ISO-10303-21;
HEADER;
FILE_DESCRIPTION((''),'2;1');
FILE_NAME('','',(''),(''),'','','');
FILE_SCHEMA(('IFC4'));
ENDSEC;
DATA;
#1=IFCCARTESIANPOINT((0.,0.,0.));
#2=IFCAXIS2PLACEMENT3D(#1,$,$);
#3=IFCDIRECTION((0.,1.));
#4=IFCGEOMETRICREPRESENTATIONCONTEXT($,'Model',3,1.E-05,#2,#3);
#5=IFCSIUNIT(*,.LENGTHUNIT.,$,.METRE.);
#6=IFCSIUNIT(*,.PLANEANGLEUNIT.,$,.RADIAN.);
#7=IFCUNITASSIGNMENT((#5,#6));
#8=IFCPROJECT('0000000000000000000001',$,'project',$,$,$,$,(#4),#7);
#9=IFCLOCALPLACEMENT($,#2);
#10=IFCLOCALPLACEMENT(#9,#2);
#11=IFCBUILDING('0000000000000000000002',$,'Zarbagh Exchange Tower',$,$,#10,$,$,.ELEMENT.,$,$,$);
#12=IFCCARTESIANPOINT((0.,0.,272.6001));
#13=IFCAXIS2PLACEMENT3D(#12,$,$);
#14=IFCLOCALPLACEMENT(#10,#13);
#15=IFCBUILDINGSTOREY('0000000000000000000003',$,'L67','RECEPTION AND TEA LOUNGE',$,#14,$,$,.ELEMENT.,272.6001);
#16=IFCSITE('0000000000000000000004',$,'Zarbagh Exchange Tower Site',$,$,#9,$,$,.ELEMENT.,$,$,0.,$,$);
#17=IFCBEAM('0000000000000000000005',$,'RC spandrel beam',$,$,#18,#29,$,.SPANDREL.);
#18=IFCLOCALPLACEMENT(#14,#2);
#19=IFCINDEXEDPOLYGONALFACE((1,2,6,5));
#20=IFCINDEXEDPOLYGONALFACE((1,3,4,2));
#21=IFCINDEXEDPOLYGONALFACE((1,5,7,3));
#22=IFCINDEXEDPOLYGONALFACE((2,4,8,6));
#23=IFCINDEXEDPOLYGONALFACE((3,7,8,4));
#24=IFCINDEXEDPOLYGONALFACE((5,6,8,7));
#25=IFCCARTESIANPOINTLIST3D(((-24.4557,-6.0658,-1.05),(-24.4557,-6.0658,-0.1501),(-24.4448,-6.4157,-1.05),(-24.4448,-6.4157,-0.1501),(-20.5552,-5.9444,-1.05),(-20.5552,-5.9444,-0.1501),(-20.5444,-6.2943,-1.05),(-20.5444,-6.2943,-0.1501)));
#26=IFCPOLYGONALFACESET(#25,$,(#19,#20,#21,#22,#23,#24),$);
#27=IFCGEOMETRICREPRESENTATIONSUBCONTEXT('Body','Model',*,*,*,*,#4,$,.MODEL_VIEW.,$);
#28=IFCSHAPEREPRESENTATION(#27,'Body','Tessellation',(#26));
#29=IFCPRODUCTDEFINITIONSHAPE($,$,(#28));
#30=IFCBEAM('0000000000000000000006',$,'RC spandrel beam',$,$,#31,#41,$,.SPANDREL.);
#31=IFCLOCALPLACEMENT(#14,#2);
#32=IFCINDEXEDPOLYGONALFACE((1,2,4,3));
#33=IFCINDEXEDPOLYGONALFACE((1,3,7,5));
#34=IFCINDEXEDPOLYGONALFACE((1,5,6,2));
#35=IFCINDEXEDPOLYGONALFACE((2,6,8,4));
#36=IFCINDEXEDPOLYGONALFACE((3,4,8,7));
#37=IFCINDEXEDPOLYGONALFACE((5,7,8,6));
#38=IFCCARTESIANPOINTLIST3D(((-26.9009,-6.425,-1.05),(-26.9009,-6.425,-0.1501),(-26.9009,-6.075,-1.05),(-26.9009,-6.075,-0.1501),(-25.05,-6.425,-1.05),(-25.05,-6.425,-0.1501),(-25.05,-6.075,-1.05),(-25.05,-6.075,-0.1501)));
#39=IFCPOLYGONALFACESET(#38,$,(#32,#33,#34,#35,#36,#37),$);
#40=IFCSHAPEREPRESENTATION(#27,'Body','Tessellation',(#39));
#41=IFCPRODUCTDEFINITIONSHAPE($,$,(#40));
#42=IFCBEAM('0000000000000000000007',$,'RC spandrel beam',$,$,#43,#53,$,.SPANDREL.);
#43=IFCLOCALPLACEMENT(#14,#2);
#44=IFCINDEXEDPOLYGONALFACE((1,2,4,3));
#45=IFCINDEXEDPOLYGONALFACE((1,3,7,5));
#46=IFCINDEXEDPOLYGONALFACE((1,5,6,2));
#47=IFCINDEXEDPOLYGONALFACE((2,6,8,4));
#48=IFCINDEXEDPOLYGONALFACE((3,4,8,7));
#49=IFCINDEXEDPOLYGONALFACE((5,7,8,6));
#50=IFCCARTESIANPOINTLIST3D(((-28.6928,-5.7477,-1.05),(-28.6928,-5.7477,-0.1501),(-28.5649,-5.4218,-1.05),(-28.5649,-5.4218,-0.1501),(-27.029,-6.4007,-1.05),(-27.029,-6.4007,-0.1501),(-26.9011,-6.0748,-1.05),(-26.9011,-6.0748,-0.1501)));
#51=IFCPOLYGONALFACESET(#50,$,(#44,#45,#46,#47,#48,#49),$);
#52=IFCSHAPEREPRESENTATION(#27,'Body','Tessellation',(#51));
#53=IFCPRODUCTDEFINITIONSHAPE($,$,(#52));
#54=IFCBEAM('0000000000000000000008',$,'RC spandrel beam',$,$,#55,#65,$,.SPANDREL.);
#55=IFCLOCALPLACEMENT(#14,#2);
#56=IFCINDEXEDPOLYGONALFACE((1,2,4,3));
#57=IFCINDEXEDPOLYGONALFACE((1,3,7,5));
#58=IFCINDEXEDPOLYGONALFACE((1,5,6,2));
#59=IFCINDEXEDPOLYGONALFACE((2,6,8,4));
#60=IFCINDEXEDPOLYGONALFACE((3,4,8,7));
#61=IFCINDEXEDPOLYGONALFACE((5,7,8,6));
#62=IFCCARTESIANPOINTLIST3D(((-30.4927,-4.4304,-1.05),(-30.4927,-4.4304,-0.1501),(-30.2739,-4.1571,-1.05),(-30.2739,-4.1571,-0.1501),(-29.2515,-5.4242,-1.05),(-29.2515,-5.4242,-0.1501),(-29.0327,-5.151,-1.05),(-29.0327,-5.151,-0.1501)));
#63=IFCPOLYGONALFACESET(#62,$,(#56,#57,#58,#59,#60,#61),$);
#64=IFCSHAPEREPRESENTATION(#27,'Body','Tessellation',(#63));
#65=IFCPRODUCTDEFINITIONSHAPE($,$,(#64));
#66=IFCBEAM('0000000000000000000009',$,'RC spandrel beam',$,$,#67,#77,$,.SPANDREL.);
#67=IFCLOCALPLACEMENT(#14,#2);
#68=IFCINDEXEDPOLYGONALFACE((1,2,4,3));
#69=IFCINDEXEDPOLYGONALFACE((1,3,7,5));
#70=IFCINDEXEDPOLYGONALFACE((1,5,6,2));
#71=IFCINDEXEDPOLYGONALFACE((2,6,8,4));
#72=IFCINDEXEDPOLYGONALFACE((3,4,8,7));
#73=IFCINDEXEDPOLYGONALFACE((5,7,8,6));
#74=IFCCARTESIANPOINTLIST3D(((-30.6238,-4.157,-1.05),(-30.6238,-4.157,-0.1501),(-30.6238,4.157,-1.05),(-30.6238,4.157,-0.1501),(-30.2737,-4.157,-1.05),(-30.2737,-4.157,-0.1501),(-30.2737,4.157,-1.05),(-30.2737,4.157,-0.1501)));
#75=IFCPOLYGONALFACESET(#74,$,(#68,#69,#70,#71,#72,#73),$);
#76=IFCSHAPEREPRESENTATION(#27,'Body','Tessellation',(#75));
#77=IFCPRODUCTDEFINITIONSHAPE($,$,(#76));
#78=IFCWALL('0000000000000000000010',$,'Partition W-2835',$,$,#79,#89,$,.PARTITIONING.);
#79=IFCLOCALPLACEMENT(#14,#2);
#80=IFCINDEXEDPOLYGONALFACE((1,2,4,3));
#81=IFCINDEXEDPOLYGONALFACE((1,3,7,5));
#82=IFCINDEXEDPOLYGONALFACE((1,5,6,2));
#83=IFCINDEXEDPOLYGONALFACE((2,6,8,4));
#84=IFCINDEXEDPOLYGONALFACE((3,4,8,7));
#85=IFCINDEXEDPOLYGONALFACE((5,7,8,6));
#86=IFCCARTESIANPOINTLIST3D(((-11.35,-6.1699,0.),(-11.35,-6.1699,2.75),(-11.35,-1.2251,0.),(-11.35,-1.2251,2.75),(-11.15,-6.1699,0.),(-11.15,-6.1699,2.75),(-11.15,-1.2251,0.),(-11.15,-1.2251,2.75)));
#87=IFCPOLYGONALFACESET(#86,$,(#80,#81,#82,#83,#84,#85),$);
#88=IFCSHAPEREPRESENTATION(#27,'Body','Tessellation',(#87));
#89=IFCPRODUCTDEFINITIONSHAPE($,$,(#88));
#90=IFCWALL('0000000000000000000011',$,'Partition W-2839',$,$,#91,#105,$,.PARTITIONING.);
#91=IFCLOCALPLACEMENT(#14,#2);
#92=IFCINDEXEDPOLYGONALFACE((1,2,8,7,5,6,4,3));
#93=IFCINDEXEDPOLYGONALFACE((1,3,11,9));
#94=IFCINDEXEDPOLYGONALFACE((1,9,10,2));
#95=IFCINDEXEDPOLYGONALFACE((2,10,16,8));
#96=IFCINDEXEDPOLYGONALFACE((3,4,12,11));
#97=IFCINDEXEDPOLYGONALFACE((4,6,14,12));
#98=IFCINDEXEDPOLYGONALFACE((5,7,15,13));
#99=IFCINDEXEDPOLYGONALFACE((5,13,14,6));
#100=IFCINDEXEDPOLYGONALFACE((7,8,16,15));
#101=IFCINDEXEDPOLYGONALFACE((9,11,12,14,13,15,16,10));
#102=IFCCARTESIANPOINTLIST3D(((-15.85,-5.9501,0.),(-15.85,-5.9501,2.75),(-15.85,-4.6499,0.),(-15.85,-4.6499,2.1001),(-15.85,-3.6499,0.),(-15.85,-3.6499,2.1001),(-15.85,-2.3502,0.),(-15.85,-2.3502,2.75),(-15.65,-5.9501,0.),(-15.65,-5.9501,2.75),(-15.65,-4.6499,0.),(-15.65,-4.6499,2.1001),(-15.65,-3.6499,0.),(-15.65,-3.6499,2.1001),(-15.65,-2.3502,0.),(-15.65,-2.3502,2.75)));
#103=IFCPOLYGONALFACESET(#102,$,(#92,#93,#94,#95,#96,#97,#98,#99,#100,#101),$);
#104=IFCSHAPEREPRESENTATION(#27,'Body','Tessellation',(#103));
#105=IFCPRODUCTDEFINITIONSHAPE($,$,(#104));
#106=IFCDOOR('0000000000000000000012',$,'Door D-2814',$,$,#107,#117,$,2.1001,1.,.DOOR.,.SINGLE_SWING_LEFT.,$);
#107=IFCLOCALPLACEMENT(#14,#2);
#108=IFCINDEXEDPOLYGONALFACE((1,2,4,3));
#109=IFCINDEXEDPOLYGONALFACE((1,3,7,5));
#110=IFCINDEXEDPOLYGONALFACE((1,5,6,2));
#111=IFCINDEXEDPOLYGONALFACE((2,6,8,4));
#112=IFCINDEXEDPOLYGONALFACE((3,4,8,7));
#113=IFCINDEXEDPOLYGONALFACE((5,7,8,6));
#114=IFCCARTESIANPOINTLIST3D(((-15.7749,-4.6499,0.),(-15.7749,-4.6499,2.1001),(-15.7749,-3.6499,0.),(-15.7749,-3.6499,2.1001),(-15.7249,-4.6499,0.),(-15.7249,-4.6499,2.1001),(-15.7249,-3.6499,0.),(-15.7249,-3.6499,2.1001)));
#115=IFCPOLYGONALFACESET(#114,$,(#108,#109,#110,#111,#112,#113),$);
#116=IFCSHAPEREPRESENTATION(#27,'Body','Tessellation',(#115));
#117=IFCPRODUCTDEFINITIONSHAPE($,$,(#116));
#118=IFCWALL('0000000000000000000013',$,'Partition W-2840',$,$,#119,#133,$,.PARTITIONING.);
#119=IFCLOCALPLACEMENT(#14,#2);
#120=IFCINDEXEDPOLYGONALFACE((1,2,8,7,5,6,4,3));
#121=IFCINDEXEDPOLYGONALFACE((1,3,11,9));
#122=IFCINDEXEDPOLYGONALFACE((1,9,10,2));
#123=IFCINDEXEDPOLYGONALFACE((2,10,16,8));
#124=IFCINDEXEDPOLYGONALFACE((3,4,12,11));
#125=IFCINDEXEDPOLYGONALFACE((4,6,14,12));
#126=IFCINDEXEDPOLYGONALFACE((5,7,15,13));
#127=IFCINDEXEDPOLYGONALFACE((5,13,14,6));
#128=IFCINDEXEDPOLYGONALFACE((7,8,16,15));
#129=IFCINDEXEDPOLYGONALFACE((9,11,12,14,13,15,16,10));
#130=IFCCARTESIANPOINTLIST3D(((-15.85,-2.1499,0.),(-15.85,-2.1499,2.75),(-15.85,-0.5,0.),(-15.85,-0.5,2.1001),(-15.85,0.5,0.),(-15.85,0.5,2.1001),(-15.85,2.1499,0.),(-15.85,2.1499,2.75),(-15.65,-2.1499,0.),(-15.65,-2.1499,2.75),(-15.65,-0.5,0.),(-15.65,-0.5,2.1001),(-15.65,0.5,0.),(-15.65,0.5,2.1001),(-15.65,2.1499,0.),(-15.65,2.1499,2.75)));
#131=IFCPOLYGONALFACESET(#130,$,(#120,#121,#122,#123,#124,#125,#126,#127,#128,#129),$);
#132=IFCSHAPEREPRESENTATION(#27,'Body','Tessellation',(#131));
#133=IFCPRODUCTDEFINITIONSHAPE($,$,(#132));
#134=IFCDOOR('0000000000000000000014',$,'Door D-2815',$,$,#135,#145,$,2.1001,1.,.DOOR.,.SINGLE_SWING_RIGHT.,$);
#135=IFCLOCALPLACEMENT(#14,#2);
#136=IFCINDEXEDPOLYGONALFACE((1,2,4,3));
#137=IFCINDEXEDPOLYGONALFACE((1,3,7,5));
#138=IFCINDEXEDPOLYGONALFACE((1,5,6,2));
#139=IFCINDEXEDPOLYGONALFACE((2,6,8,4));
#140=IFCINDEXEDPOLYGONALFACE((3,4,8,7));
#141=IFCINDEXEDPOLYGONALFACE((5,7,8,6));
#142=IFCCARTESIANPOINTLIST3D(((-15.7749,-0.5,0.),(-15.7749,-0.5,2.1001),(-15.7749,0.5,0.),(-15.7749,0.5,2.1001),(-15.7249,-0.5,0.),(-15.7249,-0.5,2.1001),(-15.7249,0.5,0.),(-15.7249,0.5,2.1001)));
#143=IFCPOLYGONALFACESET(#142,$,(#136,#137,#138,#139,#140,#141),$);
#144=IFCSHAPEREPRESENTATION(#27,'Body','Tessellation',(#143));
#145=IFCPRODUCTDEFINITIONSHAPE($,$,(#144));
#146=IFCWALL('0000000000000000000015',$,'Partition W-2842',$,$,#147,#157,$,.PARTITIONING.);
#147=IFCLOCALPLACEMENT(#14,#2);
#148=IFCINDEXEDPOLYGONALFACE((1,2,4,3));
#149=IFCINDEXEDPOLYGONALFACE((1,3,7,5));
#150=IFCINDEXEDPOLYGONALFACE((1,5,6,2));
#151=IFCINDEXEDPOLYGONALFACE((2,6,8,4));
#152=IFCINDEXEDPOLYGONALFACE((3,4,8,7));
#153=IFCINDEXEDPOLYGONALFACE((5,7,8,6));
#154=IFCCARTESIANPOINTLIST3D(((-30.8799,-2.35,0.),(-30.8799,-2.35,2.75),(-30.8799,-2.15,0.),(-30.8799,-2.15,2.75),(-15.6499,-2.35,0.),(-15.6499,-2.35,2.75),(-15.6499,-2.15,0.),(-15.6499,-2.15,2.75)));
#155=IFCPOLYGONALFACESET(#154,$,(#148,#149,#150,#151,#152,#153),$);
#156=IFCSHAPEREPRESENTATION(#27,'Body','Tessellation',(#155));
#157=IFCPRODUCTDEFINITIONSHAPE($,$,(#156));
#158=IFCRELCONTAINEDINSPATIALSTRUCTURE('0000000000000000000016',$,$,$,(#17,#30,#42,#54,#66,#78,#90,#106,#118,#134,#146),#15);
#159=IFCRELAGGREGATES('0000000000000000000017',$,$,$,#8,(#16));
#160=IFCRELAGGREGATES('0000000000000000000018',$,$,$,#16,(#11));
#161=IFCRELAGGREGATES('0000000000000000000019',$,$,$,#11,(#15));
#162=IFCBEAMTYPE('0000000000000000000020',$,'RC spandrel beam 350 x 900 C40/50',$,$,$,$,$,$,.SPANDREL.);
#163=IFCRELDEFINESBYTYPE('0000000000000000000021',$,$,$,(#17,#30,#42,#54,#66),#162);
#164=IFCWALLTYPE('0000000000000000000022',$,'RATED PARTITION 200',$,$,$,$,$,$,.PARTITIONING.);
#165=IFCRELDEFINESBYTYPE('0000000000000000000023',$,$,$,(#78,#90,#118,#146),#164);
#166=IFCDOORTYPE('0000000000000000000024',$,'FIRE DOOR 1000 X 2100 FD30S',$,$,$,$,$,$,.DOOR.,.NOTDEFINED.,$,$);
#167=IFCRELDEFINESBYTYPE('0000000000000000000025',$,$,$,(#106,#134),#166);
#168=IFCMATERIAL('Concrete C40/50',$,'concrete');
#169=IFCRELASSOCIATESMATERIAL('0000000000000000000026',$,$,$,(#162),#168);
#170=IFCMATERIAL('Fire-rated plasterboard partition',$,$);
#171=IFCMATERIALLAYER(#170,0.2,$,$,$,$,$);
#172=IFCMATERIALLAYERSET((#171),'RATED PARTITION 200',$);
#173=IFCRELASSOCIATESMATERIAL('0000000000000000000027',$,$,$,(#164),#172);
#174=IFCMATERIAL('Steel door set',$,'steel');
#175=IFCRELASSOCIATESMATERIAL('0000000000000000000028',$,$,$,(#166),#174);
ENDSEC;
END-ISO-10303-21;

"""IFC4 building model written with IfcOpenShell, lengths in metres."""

from ifc_helpers import new_model, si_unit, direction, frame, frame_2d, origin, origin_2d, place, context, subcontext, project, spatial, rectangle, extrude, material, layer, layer_set, material_profile, profile_set, type_object, element, fill, save


model = new_model("IFC4")

# Units and contexts
model_context = context("Model", 3, precision=1e-05, world=origin(), true_north=direction((0.0, 1.0)))
body_context = subcontext(model_context, "Body", "Model", "MODEL_VIEW")
ifc_project = project(units=[si_unit("LENGTHUNIT", "METRE"), si_unit("PLANEANGLEUNIT", "RADIAN")], contexts=[model_context])

# Site, building, storey
site_placement = place(None, origin())
site = spatial("IfcSite", under=ifc_project, at=site_placement, Name="Zarbagh Exchange Tower Site", CompositionType="ELEMENT", RefElevation=0.0)
building_placement = place(site_placement, origin())
building = spatial("IfcBuilding", under=site, at=building_placement, Name="Zarbagh Exchange Tower", CompositionType="ELEMENT")
storey_placement = place(building_placement, frame((0.0, 0.0, 272.6001)))
storey = spatial("IfcBuildingStorey", under=building, at=storey_placement, Name="L67", Description="RECEPTION AND TEA LOUNGE", CompositionType="ELEMENT", Elevation=272.6001)

# Shared definitions
ifc_material_1 = material(Name="Concrete C40/50", Category="concrete")

# Beams
ifc_material_profile_1 = material_profile(ifc_material_1, rectangle(XDim=0.3501, YDim=0.8999, at=origin_2d()), Name="RC spandrel beam 350 x 900 C40/50")
ifc_profile_set_1 = profile_set([ifc_material_profile_1], Name="Concrete C40/50")
beam_type_1 = type_object("IfcBeamType", Name="RC spandrel beam 350 x 900 C40/50", PredefinedType="SPANDREL", material=ifc_profile_set_1)
for number, where, z_axis, x_axis, name in (
    (1, (-20.5498, -6.1194, -0.6001), (-0.999516, -0.031094, 0.0), (0.031094, -0.999516, 0.0), "RC spandrel beam"),
):
    element("IfcBeam", number, at=place(storey_placement, frame(where, z_axis=z_axis, x_axis=x_axis)), inside=storey, type_object=beam_type_1, Name=name, PredefinedType="SPANDREL", context=body_context, shape_type="SweptSolid", body=[
        extrude(rectangle(XDim=0.3501, YDim=0.8999, at=origin_2d()), origin(), (0.0, 0.0, 1.0), 3.9023),
    ])
beam_1_placement = place(storey_placement, frame((-25.05, -6.25, -0.6001), z_axis=(-1.0, 0.0, 0.0), x_axis=(0.0, -1.0, 0.0)))
element("IfcBeam", 2, at=beam_1_placement, inside=storey, type_object=beam_type_1, Name="RC spandrel beam", PredefinedType="SPANDREL", context=body_context, shape_type="SweptSolid", body=[
    extrude(rectangle(XDim=0.3501, YDim=0.8999, at=origin_2d()), origin(), (0.0, 0.0, 1.0), 1.8508),
])
beam_2_placement = place(storey_placement, frame((-26.9651, -6.2378, -0.6001), z_axis=(-0.930859, 0.365378, 0.0), x_axis=(-0.365378, -0.930859, 0.0)))
element("IfcBeam", 3, at=beam_2_placement, inside=storey, type_object=beam_type_1, Name="RC spandrel beam", PredefinedType="SPANDREL", context=body_context, shape_type="SweptSolid", body=[
    extrude(rectangle(XDim=0.3501, YDim=0.8999, at=origin_2d()), origin(), (0.0, 0.0, 1.0), 1.7874),
])
beam_3_placement = place(storey_placement, frame((-29.1421, -5.2876, -0.6001), z_axis=(-0.780584, 0.625051, 0.0), x_axis=(-0.625051, -0.780584, 0.0)))
element("IfcBeam", 4, at=beam_3_placement, inside=storey, type_object=beam_type_1, Name="RC spandrel beam", PredefinedType="SPANDREL", context=body_context, shape_type="SweptSolid", body=[
    extrude(rectangle(XDim=0.3501, YDim=0.8999, at=origin_2d()), origin(), (0.0, 0.0, 1.0), 1.5901),
])
beam_4_placement = place(storey_placement, frame((-30.4487, -4.157, -0.6001), z_axis=(0.0, 1.0, 0.0), x_axis=(-1.0, 0.0, 0.0)))
element("IfcBeam", 5, at=beam_4_placement, inside=storey, type_object=beam_type_1, Name="RC spandrel beam", PredefinedType="SPANDREL", context=body_context, shape_type="SweptSolid", body=[
    extrude(rectangle(XDim=0.3501, YDim=0.8999, at=origin_2d()), origin(), (0.0, 0.0, 1.0), 8.314),
])

# Wall
ifc_material_2 = material(Name="Fire-rated plasterboard partition")
ifc_layer = layer(ifc_material_2, 0.2)
ifc_layer_set = layer_set([ifc_layer], Name="RATED PARTITION 200")
wall_type = type_object("IfcWallType", Name="RATED PARTITION 200", PredefinedType="PARTITIONING", material=ifc_layer_set)
wall_1_placement = place(storey_placement, frame((-11.25, -6.1699, 0.0), z_axis=(0.0, 0.0, 1.0), x_axis=(0.0, 1.0, 0.0)))
element("IfcWall", 6, at=wall_1_placement, inside=storey, type_object=wall_type, Name="Partition W-2835", PredefinedType="PARTITIONING", context=body_context, shape_type="SweptSolid", body=[
    extrude(rectangle(XDim=4.9448, YDim=0.2, at=frame_2d((2.4724, 0.0))), origin(), (0.0, 0.0, 1.0), 2.75),
])

# Walls, openings, doors
wall_2_placement = place(storey_placement, frame((-15.75, -5.95, 0.0), z_axis=(0.0, 0.0, 1.0), x_axis=(0.0, 1.0, 0.0)))
wall_2 = element("IfcWall", 7, at=wall_2_placement, inside=storey, type_object=wall_type, Name="Partition W-2839", PredefinedType="PARTITIONING", context=body_context, shape_type="SweptSolid", body=[
    extrude(rectangle(XDim=3.5999, YDim=0.2, at=frame_2d((1.7998, 0.0))), origin(), (0.0, 0.0, 1.0), 2.75),
])
opening_1_placement = place(wall_2_placement, frame((1.3, 0.0, 0.0)))
opening_1 = element("IfcOpeningElement", 8, at=opening_1_placement, cuts=wall_2, PredefinedType="OPENING", context=body_context, shape_type="SweptSolid", body=[
    extrude(rectangle(XDim=1.0, YDim=2.1001, at=frame_2d((0.5, 1.05))), frame((0.0, 0.1099, 0.0), z_axis=(0.0, -1.0, 0.0), x_axis=(1.0, 0.0, 0.0)), (0.0, 0.0, 1.0), 0.22),
])
ifc_material_3 = material(Name="Steel door set", Category="steel")
door_type = type_object("IfcDoorType", Name="FIRE DOOR 1000 X 2100 FD30S", OperationType="NOTDEFINED", PredefinedType="DOOR", material=ifc_material_3)
door_1_placement = place(opening_1_placement, origin())
door_1 = element("IfcDoor", 9, at=door_1_placement, inside=storey, type_object=door_type, Name="Door D-2814", OperationType="SINGLE_SWING_LEFT", OverallHeight=2.1001, OverallWidth=1.0, PredefinedType="DOOR", context=body_context, shape_type="SweptSolid", body=[
    extrude(rectangle(XDim=1.0, YDim=2.1001, at=frame_2d((0.5, 1.05))), frame((0.0, 0.0249, 0.0), z_axis=(0.0, -1.0, 0.0), x_axis=(1.0, 0.0, 0.0)), (0.0, 0.0, 1.0), 0.05),
])
fill(opening_1, door_1)
wall_3_placement = place(storey_placement, frame((-15.75, -2.1499, 0.0), z_axis=(0.0, 0.0, 1.0), x_axis=(0.0, 1.0, 0.0)))
wall_3 = element("IfcWall", 10, at=wall_3_placement, inside=storey, type_object=wall_type, Name="Partition W-2840", PredefinedType="PARTITIONING", context=body_context, shape_type="SweptSolid", body=[
    extrude(rectangle(XDim=4.2998, YDim=0.2, at=frame_2d((2.1499, 0.0))), origin(), (0.0, 0.0, 1.0), 2.75),
])
opening_2_placement = place(wall_3_placement, frame((1.6499, 0.0, 0.0)))
opening_2 = element("IfcOpeningElement", 11, at=opening_2_placement, cuts=wall_3, PredefinedType="OPENING", context=body_context, shape_type="SweptSolid", body=[
    extrude(rectangle(XDim=1.0, YDim=2.1001, at=frame_2d((0.5, 1.05))), frame((0.0, 0.1099, 0.0), z_axis=(0.0, -1.0, 0.0), x_axis=(1.0, 0.0, 0.0)), (0.0, 0.0, 1.0), 0.22),
])
door_2_placement = place(opening_2_placement, origin())
door_2 = element("IfcDoor", 12, at=door_2_placement, inside=storey, type_object=door_type, Name="Door D-2815", OperationType="SINGLE_SWING_RIGHT", OverallHeight=2.1001, OverallWidth=1.0, PredefinedType="DOOR", context=body_context, shape_type="SweptSolid", body=[
    extrude(rectangle(XDim=1.0, YDim=2.1001, at=frame_2d((0.5, 1.05))), frame((0.0, 0.0249, 0.0), z_axis=(0.0, -1.0, 0.0), x_axis=(1.0, 0.0, 0.0)), (0.0, 0.0, 1.0), 0.05),
])
fill(opening_2, door_2)

# Wall
wall_4_placement = place(storey_placement, frame((-30.8799, -2.25, 0.0), z_axis=(0.0, 0.0, 1.0), x_axis=(1.0, 0.0, 0.0)))
element("IfcWall", 13, at=wall_4_placement, inside=storey, type_object=wall_type, Name="Partition W-2842", PredefinedType="PARTITIONING", context=body_context, shape_type="SweptSolid", body=[
    extrude(rectangle(XDim=15.23, YDim=0.2, at=frame_2d((7.615, 0.0))), origin(), (0.0, 0.0, 1.0), 2.75),
])

save(model, "model.ifc")
